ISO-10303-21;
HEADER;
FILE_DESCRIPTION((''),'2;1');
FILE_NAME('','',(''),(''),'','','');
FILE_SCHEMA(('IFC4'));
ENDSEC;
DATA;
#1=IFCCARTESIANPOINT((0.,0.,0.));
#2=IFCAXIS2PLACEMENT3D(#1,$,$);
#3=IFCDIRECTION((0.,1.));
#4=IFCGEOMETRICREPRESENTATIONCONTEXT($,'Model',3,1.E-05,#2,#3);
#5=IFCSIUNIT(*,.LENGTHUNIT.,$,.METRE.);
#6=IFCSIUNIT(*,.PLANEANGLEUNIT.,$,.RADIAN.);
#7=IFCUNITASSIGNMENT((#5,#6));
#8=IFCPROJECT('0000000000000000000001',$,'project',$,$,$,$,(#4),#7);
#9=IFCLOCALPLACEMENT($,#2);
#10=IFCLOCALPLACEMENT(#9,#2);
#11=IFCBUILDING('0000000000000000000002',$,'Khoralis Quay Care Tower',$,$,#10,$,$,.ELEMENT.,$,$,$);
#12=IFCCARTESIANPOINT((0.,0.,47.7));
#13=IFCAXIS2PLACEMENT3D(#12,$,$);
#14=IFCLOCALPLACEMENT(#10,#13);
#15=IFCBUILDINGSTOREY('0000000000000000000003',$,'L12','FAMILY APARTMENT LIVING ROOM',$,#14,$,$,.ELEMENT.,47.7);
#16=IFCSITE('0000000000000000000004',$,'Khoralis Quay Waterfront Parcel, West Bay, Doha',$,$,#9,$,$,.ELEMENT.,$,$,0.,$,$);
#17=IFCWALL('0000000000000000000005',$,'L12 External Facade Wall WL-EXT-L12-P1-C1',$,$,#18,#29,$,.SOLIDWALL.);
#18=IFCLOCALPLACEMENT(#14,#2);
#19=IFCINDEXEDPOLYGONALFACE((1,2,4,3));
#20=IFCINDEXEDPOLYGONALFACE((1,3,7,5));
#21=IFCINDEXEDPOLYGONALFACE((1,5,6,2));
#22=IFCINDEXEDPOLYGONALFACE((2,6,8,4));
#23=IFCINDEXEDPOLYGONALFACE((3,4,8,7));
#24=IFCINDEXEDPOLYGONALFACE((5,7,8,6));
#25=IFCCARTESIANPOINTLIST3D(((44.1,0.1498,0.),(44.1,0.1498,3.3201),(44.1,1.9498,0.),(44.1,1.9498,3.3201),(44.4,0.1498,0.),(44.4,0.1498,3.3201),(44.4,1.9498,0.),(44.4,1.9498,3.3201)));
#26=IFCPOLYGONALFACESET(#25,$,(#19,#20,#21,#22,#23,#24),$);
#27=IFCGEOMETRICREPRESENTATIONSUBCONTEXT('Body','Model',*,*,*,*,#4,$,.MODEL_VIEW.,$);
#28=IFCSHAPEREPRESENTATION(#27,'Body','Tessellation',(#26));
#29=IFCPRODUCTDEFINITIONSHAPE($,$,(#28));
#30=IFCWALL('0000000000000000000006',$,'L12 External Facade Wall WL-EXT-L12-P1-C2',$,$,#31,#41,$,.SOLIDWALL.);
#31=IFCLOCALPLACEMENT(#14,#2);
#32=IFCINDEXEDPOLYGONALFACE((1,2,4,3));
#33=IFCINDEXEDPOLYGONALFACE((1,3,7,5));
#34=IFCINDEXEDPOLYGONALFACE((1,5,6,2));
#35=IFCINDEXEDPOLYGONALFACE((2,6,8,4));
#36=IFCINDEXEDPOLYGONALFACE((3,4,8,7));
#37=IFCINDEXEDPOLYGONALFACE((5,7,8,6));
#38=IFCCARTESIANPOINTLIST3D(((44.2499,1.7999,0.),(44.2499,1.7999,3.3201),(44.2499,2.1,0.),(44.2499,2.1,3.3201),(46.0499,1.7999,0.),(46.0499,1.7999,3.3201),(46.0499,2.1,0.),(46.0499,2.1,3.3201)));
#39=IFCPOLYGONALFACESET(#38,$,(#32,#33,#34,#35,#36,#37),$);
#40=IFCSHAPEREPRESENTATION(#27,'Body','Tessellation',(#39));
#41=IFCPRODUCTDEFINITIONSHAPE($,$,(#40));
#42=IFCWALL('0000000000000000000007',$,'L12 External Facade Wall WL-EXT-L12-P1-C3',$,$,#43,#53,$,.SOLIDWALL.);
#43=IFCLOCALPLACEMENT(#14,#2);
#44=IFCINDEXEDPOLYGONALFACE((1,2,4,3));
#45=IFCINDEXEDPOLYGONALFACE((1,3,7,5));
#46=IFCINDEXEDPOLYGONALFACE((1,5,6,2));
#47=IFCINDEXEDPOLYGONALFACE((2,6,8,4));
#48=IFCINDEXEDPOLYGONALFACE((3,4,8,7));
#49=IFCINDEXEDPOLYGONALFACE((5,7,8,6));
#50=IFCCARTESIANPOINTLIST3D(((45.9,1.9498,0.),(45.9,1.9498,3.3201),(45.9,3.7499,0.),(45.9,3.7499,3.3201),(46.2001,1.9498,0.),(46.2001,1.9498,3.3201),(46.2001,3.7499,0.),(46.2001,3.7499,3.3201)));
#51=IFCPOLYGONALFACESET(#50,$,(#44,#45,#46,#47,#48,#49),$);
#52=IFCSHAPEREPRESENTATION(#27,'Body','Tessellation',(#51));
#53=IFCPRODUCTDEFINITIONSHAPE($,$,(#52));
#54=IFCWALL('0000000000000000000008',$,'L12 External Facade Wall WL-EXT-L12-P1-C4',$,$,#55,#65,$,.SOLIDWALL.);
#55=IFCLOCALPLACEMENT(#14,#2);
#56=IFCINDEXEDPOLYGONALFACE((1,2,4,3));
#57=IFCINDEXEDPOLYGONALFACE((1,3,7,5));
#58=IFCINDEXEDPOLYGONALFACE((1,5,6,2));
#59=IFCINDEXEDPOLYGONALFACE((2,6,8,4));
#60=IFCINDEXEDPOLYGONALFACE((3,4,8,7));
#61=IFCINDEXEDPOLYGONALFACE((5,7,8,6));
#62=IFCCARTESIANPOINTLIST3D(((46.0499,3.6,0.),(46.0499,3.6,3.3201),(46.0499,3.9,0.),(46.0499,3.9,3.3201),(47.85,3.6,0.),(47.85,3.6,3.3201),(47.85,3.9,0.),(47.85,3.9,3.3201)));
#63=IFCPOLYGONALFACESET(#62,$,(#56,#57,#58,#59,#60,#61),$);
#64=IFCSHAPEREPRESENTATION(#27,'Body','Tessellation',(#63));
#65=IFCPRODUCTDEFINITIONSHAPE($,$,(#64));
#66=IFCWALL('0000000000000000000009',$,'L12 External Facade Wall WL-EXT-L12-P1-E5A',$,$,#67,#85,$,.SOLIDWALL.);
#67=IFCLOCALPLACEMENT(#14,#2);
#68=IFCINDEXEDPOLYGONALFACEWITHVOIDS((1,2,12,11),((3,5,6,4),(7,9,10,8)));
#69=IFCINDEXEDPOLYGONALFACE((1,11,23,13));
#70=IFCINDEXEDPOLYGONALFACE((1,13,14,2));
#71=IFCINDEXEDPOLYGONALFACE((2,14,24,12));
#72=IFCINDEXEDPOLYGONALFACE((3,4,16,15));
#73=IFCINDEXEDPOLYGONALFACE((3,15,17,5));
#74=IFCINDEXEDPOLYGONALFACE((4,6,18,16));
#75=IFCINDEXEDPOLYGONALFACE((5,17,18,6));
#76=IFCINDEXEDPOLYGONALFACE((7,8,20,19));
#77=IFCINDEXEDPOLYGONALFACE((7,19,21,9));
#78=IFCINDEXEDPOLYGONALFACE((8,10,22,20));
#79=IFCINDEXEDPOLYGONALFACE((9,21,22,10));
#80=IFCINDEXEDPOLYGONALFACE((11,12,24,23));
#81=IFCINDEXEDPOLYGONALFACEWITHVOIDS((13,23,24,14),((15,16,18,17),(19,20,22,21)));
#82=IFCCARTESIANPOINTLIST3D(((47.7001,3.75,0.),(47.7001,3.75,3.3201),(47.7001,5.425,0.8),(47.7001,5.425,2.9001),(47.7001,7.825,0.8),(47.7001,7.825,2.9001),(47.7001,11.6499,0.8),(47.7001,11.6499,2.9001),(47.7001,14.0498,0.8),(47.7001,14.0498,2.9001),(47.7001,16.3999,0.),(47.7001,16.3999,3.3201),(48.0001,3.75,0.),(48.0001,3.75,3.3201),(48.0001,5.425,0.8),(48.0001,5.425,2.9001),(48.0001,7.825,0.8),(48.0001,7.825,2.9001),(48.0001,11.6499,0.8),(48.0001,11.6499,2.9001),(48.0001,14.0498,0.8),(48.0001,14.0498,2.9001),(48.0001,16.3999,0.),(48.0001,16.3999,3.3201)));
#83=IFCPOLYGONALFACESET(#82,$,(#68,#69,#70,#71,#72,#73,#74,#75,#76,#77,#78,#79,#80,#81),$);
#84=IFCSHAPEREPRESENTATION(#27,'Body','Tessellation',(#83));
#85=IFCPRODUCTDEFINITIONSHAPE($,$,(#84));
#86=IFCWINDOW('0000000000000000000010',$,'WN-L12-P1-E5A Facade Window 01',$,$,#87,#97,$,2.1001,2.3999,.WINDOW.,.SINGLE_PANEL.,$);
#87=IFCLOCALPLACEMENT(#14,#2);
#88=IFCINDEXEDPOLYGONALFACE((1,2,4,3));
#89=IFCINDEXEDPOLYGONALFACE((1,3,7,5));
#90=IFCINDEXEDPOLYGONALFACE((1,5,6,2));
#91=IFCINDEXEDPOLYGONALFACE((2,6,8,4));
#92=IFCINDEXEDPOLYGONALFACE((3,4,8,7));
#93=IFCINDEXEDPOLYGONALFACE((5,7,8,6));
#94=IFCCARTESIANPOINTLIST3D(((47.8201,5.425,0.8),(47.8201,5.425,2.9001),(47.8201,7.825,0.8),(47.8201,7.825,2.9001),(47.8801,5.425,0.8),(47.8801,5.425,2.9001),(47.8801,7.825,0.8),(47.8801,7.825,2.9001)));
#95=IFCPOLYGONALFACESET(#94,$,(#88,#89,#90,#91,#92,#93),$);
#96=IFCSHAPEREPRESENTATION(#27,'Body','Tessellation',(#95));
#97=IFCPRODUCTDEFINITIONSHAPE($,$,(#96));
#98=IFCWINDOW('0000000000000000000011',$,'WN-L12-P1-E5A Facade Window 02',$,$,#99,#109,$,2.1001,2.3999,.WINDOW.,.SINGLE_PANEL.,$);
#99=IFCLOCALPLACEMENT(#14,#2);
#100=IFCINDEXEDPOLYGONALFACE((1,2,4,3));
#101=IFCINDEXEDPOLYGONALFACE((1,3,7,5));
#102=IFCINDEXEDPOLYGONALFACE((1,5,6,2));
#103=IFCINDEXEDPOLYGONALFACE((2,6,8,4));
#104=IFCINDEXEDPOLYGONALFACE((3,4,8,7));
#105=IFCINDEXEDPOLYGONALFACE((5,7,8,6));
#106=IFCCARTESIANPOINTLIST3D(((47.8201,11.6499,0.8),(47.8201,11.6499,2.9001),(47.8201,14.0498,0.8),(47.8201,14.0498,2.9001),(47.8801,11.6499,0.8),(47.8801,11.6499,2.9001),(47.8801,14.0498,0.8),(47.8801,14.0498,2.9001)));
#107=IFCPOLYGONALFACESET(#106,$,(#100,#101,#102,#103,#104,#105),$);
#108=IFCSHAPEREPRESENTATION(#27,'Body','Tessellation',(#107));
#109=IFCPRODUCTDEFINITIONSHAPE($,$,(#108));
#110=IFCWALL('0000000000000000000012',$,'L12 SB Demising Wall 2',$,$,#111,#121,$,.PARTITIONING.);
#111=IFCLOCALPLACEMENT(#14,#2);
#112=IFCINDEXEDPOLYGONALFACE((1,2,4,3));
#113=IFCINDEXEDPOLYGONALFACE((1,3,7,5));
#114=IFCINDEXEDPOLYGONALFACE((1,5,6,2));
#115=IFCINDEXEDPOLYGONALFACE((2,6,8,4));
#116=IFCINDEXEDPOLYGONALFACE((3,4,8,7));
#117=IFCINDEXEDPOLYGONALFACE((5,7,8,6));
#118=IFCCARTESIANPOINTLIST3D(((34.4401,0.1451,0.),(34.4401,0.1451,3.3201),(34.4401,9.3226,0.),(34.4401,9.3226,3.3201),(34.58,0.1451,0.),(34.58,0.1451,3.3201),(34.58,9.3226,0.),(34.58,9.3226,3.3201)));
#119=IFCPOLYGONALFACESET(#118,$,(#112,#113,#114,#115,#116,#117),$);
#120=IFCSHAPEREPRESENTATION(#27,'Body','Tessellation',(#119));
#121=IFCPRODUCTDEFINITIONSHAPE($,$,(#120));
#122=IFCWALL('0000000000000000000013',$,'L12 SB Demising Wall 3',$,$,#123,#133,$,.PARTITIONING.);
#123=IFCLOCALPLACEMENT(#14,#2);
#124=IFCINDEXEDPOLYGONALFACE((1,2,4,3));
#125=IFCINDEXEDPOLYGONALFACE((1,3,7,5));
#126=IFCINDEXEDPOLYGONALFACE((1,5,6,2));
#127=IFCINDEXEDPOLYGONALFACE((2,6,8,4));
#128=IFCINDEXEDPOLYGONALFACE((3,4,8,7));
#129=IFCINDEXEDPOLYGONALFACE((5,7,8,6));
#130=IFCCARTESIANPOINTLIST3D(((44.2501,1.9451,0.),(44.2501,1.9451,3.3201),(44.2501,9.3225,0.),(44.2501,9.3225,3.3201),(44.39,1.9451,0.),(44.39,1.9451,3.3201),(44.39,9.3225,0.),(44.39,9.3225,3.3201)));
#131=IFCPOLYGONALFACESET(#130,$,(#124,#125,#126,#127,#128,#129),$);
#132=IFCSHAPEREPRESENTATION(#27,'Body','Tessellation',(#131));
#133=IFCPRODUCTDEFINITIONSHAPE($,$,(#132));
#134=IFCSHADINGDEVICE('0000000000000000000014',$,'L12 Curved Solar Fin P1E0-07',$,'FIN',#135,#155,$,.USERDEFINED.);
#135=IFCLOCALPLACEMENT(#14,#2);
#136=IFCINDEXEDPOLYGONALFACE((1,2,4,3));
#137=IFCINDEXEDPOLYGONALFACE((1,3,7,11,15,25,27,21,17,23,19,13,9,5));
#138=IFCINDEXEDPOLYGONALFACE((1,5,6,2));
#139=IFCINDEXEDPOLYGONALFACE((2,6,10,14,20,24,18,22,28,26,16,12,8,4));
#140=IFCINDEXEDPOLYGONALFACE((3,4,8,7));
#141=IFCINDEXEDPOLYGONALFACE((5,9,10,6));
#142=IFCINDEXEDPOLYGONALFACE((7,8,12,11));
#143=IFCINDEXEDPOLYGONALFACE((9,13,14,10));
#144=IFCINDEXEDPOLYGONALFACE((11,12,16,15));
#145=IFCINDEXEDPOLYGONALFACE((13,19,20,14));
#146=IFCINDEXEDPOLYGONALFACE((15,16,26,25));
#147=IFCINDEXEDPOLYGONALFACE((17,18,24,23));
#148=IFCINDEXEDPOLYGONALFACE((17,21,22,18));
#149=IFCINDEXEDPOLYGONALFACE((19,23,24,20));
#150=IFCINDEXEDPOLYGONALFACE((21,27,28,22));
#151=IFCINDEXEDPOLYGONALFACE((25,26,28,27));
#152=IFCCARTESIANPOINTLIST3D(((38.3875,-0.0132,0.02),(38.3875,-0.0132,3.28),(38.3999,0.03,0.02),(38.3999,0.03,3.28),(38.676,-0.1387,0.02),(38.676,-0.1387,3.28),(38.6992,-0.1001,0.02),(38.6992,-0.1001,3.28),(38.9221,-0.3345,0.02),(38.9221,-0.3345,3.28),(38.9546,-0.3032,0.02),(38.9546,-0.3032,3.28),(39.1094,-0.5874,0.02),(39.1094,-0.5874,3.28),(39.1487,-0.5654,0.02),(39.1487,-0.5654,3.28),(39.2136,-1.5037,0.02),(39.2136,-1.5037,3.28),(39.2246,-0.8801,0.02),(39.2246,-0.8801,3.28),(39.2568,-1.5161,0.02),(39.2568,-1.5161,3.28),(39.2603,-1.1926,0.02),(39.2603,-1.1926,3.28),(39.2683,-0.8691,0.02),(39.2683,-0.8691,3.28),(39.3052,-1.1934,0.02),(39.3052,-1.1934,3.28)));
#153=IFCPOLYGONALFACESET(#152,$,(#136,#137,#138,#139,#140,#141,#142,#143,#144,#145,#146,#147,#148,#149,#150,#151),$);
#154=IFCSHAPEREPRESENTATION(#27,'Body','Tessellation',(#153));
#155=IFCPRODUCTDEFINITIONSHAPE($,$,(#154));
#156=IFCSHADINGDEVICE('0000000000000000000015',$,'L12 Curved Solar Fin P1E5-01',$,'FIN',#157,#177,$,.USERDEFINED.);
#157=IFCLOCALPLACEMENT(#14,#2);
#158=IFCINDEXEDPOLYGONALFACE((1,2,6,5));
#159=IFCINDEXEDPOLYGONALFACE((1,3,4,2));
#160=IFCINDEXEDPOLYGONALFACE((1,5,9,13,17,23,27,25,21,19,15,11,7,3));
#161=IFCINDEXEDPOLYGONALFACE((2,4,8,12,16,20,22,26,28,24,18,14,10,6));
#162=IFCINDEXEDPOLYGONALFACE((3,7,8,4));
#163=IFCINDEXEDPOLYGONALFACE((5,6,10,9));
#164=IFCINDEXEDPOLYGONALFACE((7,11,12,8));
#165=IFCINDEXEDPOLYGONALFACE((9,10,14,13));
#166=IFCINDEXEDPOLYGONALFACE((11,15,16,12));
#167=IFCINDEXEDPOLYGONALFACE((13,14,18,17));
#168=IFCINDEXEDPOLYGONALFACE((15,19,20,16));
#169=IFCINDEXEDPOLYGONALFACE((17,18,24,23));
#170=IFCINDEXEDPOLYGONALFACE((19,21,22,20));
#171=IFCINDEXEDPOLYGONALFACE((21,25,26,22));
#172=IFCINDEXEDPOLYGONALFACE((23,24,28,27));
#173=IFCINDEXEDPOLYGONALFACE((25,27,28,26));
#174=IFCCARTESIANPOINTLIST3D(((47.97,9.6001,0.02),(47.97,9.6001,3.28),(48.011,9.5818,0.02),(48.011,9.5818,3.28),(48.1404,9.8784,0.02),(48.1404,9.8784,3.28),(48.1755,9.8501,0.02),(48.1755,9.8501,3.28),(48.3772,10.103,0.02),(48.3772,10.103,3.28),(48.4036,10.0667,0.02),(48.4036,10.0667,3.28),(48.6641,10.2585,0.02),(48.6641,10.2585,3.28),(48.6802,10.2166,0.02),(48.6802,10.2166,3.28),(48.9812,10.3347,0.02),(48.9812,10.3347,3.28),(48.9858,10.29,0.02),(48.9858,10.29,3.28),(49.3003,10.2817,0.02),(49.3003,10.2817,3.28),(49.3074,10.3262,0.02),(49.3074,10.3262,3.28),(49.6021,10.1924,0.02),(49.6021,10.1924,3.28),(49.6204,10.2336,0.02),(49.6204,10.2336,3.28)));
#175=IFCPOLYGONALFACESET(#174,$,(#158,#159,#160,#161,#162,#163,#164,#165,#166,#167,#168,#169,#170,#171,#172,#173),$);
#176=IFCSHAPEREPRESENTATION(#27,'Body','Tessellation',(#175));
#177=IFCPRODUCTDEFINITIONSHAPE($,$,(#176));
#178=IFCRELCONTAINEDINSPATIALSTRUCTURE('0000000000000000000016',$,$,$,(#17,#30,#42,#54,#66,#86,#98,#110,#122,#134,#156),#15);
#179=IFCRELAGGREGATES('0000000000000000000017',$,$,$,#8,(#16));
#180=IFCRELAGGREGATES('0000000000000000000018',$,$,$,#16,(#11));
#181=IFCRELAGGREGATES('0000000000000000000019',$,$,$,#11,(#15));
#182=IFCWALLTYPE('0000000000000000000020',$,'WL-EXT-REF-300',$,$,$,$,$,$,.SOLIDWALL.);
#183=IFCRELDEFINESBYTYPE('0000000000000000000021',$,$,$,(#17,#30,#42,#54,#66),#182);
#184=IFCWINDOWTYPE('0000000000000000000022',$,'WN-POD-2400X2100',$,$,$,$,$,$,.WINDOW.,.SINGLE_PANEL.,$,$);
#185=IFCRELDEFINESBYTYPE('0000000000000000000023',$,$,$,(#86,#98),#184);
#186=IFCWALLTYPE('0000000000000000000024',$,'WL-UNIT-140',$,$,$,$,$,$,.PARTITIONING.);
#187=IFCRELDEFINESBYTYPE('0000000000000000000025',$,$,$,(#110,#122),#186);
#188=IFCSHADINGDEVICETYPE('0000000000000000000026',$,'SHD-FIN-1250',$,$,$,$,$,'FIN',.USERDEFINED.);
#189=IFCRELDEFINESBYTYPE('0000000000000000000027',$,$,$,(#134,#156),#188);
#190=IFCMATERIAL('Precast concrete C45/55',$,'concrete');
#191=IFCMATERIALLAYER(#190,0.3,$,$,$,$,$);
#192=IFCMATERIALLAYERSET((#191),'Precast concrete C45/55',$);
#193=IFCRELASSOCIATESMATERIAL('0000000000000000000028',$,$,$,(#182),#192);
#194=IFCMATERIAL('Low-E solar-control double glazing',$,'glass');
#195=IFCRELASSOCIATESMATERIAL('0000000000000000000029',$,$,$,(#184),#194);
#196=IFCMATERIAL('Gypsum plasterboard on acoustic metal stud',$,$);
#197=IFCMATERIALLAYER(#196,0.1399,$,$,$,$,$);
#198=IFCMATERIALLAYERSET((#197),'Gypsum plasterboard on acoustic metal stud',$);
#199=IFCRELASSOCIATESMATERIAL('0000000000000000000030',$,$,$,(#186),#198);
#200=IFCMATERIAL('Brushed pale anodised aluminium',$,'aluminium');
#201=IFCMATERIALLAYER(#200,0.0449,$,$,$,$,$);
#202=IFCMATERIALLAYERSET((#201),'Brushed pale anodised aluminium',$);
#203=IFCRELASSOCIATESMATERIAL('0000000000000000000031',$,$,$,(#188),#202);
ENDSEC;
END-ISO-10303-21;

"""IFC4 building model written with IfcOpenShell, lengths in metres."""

from ifc_helpers import new_model, si_unit, direction, frame, frame_2d, origin, place, context, subcontext, project, spatial, polyline, rectangle, outline, extrude, source, transform, mapped, material, layer, layer_set, type_object, element, fill, save


model = new_model("IFC4")

# Units and contexts
model_context = context("Model", 3, precision=1e-05, world=origin(), true_north=direction((0.0, 1.0)))
body_context = subcontext(model_context, "Body", "Model", "MODEL_VIEW")
ifc_project = project(units=[si_unit("LENGTHUNIT", "METRE"), si_unit("PLANEANGLEUNIT", "RADIAN")], contexts=[model_context])

# Site, building, storey
site_placement = place(None, origin())
site = spatial("IfcSite", under=ifc_project, at=site_placement, Name="Khoralis Quay Waterfront Parcel, West Bay, Doha", CompositionType="ELEMENT", RefElevation=0.0)
building_placement = place(site_placement, origin())
building = spatial("IfcBuilding", under=site, at=building_placement, Name="Khoralis Quay Care Tower", CompositionType="ELEMENT")
storey_placement = place(building_placement, frame((0.0, 0.0, 47.7)))
storey = spatial("IfcBuildingStorey", under=building, at=storey_placement, Name="L12", Description="FAMILY APARTMENT LIVING ROOM", CompositionType="ELEMENT", Elevation=47.7)

# Shared definitions
ifc_material_1 = material(Name="Gypsum plasterboard on acoustic metal stud")

# Walls
ifc_material_2 = material(Name="Precast concrete C45/55", Category="concrete")
ifc_layer_1 = layer(ifc_material_2, 0.3)
ifc_layer_set_1 = layer_set([ifc_layer_1], Name="Precast concrete C45/55")
wall_type_1 = type_object("IfcWallType", Name="WL-EXT-REF-300", PredefinedType="SOLIDWALL", material=ifc_layer_set_1)
for number, where, z_axis, x_axis, name in (
    (1, (44.25, 0.1499, 0.0), (0.0, 0.0, 1.0), (0.0, 1.0, 0.0), "L12 External Facade Wall WL-EXT-L12-P1-C1"),
    (2, (44.25, 1.95, 0.0), (0.0, 0.0, 1.0), (1.0, 0.0, 0.0), "L12 External Facade Wall WL-EXT-L12-P1-C2"),
    (3, (46.05, 1.95, 0.0), (0.0, 0.0, 1.0), (0.0, 1.0, 0.0), "L12 External Facade Wall WL-EXT-L12-P1-C3"),
    (4, (46.05, 3.75, 0.0), (0.0, 0.0, 1.0), (1.0, 0.0, 0.0), "L12 External Facade Wall WL-EXT-L12-P1-C4"),
):
    element("IfcWall", number, at=place(storey_placement, frame(where, z_axis=z_axis, x_axis=x_axis)), inside=storey, type_object=wall_type_1, Name=name, PredefinedType="SOLIDWALL", context=body_context, shape_type="SweptSolid", body=[
        extrude(rectangle(XDim=1.8, YDim=0.3, at=frame_2d((0.8999, 0.0))), origin(), (0.0, 0.0, 1.0), 3.3201),
    ])

# Wall, openings, windows
wall_1_placement = place(storey_placement, frame((47.8501, 3.75, 0.0), z_axis=(0.0, 0.0, 1.0), x_axis=(0.0, 1.0, 0.0)))
wall_1 = element("IfcWall", 5, at=wall_1_placement, inside=storey, type_object=wall_type_1, Name="L12 External Facade Wall WL-EXT-L12-P1-E5A", PredefinedType="SOLIDWALL", context=body_context, shape_type="SweptSolid", body=[
    extrude(rectangle(XDim=12.6499, YDim=0.3, at=frame_2d((6.325, 0.0))), origin(), (0.0, 0.0, 1.0), 3.3201),
])
opening_1_placement = place(wall_1_placement, frame((1.675, 0.0, 0.8)))
opening_1 = element("IfcOpeningElement", 6, at=opening_1_placement, cuts=wall_1, PredefinedType="OPENING", context=body_context, shape_type="SweptSolid", body=[
    extrude(rectangle(XDim=2.3999, YDim=2.1001, at=frame_2d((1.2, 1.05))), frame((0.0, 0.1602, 0.0), z_axis=(0.0, -1.0, 0.0), x_axis=(1.0, 0.0, 0.0)), (0.0, 0.0, 1.0), 0.3201),
])
opening_2_placement = place(wall_1_placement, frame((7.8999, 0.0, 0.8)))
opening_2 = element("IfcOpeningElement", 7, at=opening_2_placement, cuts=wall_1, PredefinedType="OPENING", context=body_context, shape_type="SweptSolid", body=[
    extrude(rectangle(XDim=2.3999, YDim=2.1001, at=frame_2d((1.2, 1.05))), frame((0.0, 0.1602, 0.0), z_axis=(0.0, -1.0, 0.0), x_axis=(1.0, 0.0, 0.0)), (0.0, 0.0, 1.0), 0.3201),
])
ifc_material_3 = material(Name="Low-E solar-control double glazing", Category="glass")
window_type = type_object("IfcWindowType", Name="WN-POD-2400X2100", PartitioningType="SINGLE_PANEL", PredefinedType="WINDOW", material=ifc_material_3)
shared_shape_1 = source(origin(), body_context, "Body", "SweptSolid", [
    extrude(rectangle(XDim=2.3999, YDim=2.1001, at=frame_2d((1.2, 1.05))), frame((0.0, 0.03, 0.0), z_axis=(0.0, -1.0, 0.0), x_axis=(1.0, 0.0, 0.0)), (0.0, 0.0, 1.0), 0.0601),
])
window_1_placement = place(opening_1_placement, origin())
window_1 = element("IfcWindow", 8, at=window_1_placement, inside=storey, type_object=window_type, Name="WN-L12-P1-E5A Facade Window 01", OverallHeight=2.1001, OverallWidth=2.3999, PartitioningType="SINGLE_PANEL", PredefinedType="WINDOW", context=body_context, shape_type="MappedRepresentation", body=[
    mapped(shared_shape_1, transform((0.0, 0.0, 0.0), scale=1.0)),
])
fill(opening_1, window_1)
window_2_placement = place(opening_2_placement, origin())
window_2 = element("IfcWindow", 9, at=window_2_placement, inside=storey, type_object=window_type, Name="WN-L12-P1-E5A Facade Window 02", OverallHeight=2.1001, OverallWidth=2.3999, PartitioningType="SINGLE_PANEL", PredefinedType="WINDOW", context=body_context, shape_type="MappedRepresentation", body=[
    mapped(shared_shape_1, transform((0.0, 0.0, 0.0), scale=1.0)),
])
fill(opening_2, window_2)

# Walls
ifc_layer_2 = layer(ifc_material_1, 0.1399)
ifc_layer_set_2 = layer_set([ifc_layer_2], Name="Gypsum plasterboard on acoustic metal stud")
wall_type_2 = type_object("IfcWallType", Name="WL-UNIT-140", PredefinedType="PARTITIONING", material=ifc_layer_set_2)
wall_2_placement = place(storey_placement, frame((34.51, 0.145, 0.0), z_axis=(0.0, 0.0, 1.0), x_axis=(0.0, 1.0, 0.0)))
element("IfcWall", 10, at=wall_2_placement, inside=storey, type_object=wall_type_2, Name="L12 SB Demising Wall 2", PredefinedType="PARTITIONING", context=body_context, shape_type="SweptSolid", body=[
    extrude(rectangle(XDim=9.1775, YDim=0.1399, at=frame_2d((4.5889, 0.0))), origin(), (0.0, 0.0, 1.0), 3.3201),
])
wall_3_placement = place(storey_placement, frame((44.3201, 1.9451, 0.0), z_axis=(0.0, 0.0, 1.0), x_axis=(0.0, 1.0, 0.0)))
element("IfcWall", 11, at=wall_3_placement, inside=storey, type_object=wall_type_2, Name="L12 SB Demising Wall 3", PredefinedType="PARTITIONING", context=body_context, shape_type="SweptSolid", body=[
    extrude(rectangle(XDim=7.3774, YDim=0.1399, at=frame_2d((3.6887, 0.0))), origin(), (0.0, 0.0, 1.0), 3.3201),
])

# Shading devices
ifc_material_4 = material(Name="Brushed pale anodised aluminium", Category="aluminium")
ifc_layer_3 = layer(ifc_material_4, 0.0449)
ifc_layer_set_3 = layer_set([ifc_layer_3], Name="Brushed pale anodised aluminium")
shading_device_type = type_object("IfcShadingDeviceType", Name="SHD-FIN-1250", ElementType="FIN", PredefinedType="USERDEFINED", material=ifc_layer_set_3)
shared_shape_2 = source(origin(), body_context, "Body", "SweptSolid", [
    extrude(outline(polyline([(0.0, 0.0), (0.1301, 0.2993), (0.3333, 0.5547), (0.5955, 0.7488), (0.8992, 0.8684), (1.2234, 0.9053), (1.5461, 0.8569), (1.5337, 0.8137), (1.2227, 0.8604), (0.9102, 0.8247), (0.6174, 0.7095), (0.3645, 0.5222), (0.1687, 0.2761), (0.0432, -0.0125), (0.0, 0.0)])), origin(), (0.0, 0.0, 1.0), 3.26),
])
shading_device_1_placement = place(storey_placement, frame((38.3999, 0.03, 0.02), z_axis=(0.0, 0.0, 1.0), x_axis=(0.0, -1.0, 0.0)))
element("IfcShadingDevice", 12, at=shading_device_1_placement, inside=storey, type_object=shading_device_type, Name="L12 Curved Solar Fin P1E0-07", ObjectType="FIN", PredefinedType="USERDEFINED", context=body_context, shape_type="MappedRepresentation", body=[
    mapped(shared_shape_2, transform((0.0, 0.0, 0.0), scale=1.0)),
])
shared_shape_3 = source(origin(), body_context, "Body", "SweptSolid", [
    extrude(outline(polyline([(0.0, 0.0), (0.1704, 0.2783), (0.4072, 0.5029), (0.6941, 0.6584), (1.0112, 0.7346), (1.3374, 0.7261), (1.6504, 0.6335), (1.6321, 0.5923), (1.3303, 0.6816), (1.0159, 0.6899), (0.7102, 0.6165), (0.4336, 0.4666), (0.2056, 0.25), (0.041, -0.0183), (0.0, 0.0)])), origin(), (0.0, 0.0, 1.0), 3.26),
])
shading_device_2_placement = place(storey_placement, frame((47.97, 9.6001, 0.02), z_axis=(0.0, 0.0, 1.0), x_axis=(1.0, 0.0, 0.0)))
element("IfcShadingDevice", 13, at=shading_device_2_placement, inside=storey, type_object=shading_device_type, Name="L12 Curved Solar Fin P1E5-01", ObjectType="FIN", PredefinedType="USERDEFINED", context=body_context, shape_type="MappedRepresentation", body=[
    mapped(shared_shape_3, transform((0.0, 0.0, 0.0), scale=1.0)),
])

save(model, "model.ifc")
